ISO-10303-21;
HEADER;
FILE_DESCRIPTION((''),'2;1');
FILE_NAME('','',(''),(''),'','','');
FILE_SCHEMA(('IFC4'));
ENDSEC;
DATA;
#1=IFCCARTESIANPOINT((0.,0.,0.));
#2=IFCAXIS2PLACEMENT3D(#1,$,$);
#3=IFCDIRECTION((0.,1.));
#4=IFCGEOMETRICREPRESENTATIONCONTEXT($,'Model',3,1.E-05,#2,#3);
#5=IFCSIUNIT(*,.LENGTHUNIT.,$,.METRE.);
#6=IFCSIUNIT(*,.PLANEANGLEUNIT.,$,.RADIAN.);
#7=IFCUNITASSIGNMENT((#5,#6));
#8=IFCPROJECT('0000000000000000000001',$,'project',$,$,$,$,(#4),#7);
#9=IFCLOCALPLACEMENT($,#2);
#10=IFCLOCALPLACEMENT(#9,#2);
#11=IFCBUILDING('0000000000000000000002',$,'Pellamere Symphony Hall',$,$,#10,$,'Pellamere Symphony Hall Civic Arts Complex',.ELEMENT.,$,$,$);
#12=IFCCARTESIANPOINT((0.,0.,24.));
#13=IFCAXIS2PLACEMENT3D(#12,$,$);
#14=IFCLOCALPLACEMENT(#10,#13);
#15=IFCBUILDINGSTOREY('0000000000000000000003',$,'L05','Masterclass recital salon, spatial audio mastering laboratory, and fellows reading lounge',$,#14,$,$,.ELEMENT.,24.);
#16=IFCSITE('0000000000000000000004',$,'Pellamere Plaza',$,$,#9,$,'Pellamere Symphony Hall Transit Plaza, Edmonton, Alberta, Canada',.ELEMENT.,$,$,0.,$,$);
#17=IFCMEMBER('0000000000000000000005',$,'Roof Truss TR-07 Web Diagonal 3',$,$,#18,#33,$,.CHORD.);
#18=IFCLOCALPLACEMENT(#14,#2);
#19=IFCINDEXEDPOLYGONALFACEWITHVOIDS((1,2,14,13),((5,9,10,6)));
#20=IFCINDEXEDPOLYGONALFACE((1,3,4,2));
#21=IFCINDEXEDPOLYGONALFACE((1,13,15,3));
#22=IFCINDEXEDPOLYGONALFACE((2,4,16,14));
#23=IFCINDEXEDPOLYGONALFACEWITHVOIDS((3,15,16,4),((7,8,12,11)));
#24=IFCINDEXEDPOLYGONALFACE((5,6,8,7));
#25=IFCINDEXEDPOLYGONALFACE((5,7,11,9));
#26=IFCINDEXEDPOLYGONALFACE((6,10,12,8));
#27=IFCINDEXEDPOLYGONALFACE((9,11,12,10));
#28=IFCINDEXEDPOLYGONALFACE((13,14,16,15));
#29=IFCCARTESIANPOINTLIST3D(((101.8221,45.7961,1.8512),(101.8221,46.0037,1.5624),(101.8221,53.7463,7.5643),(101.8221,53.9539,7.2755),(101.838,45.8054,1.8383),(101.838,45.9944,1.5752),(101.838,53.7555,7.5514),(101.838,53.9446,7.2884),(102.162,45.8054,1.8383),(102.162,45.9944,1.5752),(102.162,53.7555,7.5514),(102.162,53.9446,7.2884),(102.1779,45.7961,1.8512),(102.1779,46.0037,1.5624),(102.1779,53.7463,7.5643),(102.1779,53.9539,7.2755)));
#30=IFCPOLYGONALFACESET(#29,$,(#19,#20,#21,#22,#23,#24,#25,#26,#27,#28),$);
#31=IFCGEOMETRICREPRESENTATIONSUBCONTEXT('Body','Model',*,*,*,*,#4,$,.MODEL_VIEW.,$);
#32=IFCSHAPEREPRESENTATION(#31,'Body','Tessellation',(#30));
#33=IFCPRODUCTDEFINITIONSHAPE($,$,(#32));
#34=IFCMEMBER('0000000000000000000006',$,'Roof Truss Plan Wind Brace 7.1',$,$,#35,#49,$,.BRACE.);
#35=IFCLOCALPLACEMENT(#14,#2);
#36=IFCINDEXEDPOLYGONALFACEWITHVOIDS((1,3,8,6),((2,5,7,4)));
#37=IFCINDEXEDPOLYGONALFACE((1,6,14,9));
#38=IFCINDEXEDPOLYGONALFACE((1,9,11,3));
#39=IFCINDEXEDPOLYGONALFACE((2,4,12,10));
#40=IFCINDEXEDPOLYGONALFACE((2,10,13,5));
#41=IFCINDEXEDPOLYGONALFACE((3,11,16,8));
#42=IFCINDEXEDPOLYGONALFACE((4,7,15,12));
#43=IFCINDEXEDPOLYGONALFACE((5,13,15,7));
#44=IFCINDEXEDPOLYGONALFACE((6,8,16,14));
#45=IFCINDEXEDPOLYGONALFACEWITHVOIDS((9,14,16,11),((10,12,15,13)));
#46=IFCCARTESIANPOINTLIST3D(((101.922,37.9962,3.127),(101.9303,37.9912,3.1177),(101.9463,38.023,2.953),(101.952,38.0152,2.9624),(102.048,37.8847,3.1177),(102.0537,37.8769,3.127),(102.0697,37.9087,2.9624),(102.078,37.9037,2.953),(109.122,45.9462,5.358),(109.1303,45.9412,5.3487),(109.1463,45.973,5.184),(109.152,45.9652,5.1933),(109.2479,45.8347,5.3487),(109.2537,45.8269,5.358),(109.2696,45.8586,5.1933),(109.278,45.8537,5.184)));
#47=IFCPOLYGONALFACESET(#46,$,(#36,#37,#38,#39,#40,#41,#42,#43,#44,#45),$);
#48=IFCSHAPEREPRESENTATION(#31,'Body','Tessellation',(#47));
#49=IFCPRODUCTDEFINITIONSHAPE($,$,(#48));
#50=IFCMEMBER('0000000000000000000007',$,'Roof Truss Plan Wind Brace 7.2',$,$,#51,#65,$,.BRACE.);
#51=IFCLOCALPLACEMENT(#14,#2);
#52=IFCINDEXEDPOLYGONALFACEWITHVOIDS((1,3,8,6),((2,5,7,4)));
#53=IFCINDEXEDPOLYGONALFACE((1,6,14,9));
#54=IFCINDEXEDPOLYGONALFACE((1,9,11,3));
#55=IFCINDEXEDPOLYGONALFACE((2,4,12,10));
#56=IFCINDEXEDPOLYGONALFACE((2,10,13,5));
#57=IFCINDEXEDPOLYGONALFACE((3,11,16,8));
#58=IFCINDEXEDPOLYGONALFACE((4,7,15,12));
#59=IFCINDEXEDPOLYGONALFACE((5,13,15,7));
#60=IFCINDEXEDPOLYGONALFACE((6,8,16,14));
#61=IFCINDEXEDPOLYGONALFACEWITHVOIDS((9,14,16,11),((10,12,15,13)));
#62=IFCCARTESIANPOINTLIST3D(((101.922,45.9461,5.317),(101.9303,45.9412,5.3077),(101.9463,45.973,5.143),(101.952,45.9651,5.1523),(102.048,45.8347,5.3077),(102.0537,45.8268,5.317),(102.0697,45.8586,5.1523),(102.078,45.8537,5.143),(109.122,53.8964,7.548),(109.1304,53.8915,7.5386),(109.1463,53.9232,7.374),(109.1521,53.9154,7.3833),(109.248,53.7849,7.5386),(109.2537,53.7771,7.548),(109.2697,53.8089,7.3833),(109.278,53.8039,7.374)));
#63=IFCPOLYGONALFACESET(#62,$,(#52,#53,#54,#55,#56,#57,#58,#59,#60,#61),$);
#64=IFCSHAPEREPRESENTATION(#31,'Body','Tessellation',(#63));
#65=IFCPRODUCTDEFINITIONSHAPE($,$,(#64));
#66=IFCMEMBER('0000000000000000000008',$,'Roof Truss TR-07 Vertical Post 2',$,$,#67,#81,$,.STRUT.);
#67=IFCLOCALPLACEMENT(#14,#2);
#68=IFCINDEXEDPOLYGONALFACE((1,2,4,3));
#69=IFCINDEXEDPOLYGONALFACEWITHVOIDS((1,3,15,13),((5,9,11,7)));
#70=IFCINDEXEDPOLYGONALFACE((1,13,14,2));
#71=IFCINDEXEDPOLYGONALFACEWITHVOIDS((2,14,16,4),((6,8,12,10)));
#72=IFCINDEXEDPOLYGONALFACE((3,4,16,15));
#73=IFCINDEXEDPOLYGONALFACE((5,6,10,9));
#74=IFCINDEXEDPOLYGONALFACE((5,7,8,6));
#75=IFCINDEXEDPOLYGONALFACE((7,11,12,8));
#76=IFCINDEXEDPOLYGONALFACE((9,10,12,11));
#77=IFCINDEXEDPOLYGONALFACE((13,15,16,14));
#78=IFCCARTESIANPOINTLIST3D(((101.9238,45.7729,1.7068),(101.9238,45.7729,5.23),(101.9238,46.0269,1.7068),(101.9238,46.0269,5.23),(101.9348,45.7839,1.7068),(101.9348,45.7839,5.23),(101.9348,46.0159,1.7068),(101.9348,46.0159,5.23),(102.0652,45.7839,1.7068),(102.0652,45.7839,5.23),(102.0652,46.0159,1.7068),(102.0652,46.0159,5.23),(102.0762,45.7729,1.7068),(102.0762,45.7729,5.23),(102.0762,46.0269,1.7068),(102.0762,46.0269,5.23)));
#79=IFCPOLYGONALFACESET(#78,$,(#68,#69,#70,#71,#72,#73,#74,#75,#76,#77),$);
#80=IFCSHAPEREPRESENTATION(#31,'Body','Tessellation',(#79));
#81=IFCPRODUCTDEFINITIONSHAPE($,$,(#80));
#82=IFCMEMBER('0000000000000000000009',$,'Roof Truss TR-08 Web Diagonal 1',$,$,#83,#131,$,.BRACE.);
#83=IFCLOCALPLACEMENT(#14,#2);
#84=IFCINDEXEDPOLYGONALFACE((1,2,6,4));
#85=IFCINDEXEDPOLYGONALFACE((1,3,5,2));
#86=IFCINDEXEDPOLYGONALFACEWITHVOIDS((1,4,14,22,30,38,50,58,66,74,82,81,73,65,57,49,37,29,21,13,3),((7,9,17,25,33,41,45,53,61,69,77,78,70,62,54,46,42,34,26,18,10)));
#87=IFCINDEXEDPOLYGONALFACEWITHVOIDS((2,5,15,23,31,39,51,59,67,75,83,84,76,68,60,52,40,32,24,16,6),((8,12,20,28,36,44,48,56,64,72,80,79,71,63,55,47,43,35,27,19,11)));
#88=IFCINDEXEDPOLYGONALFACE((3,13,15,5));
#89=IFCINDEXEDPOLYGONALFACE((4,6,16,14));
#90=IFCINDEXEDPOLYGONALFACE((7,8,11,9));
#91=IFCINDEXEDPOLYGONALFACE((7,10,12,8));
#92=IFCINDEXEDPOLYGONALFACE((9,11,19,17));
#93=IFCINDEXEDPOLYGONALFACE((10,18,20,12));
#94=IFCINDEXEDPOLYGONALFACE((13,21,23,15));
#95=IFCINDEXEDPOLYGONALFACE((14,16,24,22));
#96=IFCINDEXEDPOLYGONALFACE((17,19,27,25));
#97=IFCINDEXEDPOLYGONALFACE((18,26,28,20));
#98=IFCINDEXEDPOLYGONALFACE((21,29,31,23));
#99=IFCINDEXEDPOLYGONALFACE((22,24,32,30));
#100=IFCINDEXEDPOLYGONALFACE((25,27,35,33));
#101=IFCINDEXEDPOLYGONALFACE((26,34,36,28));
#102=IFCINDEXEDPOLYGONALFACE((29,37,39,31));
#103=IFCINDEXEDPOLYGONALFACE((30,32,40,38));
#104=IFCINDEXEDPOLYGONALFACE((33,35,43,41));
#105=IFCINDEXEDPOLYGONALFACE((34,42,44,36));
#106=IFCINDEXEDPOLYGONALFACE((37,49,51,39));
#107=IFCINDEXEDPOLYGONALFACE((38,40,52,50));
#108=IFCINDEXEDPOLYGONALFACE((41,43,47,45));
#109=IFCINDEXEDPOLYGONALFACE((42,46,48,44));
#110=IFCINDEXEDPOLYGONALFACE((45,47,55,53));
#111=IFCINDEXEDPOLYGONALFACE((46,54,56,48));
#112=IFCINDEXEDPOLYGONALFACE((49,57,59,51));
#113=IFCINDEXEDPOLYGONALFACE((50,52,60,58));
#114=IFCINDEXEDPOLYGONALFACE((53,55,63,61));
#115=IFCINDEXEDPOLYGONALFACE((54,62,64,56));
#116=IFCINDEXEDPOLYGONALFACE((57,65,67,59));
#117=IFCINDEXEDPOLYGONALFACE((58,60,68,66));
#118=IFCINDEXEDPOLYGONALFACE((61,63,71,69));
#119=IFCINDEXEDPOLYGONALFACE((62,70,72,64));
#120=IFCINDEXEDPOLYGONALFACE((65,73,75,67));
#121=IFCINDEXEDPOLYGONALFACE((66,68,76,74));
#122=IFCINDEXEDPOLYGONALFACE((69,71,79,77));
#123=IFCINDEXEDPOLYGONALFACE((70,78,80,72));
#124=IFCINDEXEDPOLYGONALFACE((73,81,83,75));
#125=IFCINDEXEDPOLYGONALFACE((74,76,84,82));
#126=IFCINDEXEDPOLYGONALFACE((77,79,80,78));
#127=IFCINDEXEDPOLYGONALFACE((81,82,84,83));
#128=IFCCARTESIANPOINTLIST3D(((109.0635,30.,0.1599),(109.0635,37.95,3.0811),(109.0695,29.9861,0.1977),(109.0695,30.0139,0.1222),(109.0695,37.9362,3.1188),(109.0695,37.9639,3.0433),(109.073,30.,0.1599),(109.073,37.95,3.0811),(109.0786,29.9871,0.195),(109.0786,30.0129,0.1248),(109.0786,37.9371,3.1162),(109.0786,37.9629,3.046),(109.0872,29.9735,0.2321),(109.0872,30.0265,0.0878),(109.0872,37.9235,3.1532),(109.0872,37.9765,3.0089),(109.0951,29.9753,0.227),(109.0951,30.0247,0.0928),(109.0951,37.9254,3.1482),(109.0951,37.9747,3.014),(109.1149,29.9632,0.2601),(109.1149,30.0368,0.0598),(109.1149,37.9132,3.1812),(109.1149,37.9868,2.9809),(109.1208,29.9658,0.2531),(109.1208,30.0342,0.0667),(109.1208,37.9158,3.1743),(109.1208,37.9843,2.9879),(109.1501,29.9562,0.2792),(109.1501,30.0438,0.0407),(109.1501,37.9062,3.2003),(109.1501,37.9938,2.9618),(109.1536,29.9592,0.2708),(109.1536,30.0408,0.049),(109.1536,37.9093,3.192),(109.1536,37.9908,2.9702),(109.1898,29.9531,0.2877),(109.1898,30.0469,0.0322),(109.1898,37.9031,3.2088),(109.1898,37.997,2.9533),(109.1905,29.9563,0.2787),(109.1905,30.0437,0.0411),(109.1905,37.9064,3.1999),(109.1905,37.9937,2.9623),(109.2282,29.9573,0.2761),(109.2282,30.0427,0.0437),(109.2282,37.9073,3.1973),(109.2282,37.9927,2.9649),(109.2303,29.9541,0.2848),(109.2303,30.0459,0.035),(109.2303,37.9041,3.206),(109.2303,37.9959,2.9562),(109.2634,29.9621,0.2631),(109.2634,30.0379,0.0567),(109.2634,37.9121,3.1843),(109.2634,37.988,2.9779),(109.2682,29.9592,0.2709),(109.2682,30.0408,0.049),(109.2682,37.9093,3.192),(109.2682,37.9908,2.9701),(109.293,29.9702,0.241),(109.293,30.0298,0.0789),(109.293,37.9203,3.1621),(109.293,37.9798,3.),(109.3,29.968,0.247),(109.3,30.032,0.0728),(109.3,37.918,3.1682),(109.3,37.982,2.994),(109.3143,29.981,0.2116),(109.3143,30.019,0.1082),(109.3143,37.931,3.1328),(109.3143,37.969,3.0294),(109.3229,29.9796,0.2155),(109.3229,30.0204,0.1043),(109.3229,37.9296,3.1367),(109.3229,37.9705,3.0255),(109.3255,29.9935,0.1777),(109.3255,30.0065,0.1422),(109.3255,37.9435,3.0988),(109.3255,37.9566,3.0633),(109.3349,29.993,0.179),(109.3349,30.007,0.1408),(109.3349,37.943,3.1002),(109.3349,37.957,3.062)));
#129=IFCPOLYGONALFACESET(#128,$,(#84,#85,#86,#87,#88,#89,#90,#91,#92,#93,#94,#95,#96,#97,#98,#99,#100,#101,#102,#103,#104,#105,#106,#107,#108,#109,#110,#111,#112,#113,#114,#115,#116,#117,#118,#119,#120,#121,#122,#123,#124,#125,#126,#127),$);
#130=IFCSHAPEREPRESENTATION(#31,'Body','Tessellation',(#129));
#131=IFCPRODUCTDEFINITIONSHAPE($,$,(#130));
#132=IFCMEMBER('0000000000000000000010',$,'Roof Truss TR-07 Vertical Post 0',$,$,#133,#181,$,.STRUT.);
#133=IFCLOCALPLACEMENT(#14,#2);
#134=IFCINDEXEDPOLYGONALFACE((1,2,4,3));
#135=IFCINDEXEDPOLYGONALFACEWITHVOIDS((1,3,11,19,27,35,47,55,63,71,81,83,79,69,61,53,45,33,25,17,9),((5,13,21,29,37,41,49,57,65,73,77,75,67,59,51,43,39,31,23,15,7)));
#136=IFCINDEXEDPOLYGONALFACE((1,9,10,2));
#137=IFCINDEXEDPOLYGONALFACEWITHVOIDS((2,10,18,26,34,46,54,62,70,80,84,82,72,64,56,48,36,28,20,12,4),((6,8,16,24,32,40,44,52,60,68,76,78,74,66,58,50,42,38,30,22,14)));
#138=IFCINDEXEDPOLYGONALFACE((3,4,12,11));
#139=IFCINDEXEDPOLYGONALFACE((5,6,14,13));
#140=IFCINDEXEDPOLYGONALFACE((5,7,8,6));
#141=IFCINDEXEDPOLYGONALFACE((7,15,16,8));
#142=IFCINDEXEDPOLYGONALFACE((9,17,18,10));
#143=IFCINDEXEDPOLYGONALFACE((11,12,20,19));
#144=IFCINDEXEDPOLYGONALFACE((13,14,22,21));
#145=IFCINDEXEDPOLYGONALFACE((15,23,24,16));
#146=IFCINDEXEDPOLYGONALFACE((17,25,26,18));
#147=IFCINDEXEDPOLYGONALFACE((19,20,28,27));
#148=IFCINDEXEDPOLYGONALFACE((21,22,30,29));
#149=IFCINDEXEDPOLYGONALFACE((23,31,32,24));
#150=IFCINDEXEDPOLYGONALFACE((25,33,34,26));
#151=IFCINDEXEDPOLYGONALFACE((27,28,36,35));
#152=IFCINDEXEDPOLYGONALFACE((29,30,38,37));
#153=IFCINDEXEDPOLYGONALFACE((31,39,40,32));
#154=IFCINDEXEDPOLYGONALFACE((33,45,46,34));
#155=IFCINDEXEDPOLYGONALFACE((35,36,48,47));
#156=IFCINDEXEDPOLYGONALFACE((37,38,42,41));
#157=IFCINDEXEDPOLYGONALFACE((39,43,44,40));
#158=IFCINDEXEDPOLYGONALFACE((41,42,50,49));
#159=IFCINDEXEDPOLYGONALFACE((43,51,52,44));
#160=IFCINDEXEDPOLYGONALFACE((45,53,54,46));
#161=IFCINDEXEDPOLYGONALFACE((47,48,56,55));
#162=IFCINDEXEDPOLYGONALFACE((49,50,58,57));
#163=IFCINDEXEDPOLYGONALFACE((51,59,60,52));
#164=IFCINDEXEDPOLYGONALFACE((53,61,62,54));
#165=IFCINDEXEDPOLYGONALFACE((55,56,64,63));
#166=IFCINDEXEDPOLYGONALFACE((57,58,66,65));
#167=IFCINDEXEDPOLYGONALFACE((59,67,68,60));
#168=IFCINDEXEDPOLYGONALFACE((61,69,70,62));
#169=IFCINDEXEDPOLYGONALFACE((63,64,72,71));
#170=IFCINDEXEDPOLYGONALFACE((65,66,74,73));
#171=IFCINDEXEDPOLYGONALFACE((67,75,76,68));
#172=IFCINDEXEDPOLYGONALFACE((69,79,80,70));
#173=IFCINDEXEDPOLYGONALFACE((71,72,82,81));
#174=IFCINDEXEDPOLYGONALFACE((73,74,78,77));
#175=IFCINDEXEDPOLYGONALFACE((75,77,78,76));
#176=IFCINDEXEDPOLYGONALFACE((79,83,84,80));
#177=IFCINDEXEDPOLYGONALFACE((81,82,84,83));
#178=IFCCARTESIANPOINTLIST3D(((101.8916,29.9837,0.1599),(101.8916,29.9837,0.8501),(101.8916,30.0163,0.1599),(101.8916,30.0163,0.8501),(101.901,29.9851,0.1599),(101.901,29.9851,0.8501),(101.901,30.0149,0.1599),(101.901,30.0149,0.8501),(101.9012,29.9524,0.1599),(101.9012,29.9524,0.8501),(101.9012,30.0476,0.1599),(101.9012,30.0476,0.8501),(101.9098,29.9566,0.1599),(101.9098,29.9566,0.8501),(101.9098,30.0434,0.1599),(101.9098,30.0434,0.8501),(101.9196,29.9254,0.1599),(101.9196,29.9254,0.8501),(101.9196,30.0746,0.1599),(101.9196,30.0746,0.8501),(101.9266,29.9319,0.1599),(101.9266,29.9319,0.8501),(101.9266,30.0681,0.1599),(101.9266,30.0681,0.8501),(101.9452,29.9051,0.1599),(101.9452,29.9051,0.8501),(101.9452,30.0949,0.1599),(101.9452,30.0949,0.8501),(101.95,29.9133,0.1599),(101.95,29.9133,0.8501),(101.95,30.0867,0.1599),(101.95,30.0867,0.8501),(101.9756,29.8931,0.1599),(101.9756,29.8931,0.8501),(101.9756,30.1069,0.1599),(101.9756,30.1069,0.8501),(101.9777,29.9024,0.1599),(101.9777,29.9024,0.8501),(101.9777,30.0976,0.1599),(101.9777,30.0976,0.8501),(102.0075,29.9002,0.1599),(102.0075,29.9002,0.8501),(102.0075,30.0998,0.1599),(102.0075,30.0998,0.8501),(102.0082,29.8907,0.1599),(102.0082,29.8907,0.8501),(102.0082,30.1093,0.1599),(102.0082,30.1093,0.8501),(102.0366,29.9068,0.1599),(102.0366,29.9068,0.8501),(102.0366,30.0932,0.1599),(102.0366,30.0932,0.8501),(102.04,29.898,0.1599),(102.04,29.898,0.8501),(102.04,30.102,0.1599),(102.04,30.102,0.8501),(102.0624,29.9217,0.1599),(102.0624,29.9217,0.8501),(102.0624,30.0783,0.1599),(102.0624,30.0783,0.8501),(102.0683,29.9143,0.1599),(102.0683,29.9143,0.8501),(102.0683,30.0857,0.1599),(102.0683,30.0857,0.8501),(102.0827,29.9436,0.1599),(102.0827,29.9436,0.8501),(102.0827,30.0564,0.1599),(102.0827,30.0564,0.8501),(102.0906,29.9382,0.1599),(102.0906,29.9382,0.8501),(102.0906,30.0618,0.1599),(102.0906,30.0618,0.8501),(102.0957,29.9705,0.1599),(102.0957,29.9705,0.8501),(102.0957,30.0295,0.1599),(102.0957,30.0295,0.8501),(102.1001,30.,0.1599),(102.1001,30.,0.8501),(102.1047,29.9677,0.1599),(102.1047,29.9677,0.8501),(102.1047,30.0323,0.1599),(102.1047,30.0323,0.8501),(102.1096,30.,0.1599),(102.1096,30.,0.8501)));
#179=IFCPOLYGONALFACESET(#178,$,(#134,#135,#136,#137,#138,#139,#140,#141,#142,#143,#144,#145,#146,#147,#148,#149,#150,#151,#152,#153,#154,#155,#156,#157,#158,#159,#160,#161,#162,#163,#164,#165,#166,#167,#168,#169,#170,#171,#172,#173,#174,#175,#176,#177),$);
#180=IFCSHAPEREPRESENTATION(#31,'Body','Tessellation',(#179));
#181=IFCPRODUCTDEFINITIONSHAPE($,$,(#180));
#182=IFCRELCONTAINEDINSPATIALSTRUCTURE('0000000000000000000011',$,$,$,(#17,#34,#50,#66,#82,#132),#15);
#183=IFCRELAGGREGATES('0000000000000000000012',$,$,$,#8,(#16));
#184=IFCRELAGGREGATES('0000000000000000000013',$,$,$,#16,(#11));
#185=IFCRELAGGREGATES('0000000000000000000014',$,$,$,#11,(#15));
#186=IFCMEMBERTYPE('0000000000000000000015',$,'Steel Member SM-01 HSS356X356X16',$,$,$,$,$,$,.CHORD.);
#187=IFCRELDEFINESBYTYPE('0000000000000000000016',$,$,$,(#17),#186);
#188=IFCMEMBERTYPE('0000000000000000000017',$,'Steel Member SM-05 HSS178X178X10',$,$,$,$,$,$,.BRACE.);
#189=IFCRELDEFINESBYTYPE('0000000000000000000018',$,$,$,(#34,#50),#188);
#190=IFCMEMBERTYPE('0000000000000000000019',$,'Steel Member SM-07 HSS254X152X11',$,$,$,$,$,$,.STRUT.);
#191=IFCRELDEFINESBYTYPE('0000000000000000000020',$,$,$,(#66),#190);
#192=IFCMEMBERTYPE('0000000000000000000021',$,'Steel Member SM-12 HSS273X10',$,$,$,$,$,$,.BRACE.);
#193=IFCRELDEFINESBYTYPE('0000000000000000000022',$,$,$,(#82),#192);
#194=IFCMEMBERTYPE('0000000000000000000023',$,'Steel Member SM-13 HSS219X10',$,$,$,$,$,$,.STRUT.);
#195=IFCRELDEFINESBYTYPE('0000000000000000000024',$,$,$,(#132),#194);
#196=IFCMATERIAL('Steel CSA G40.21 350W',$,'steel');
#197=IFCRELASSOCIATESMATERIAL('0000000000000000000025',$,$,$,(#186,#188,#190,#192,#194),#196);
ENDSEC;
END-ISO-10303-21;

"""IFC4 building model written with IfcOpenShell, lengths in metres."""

from ifc_helpers import new_model, si_unit, direction, frame, origin, origin_2d, place, context, subcontext, project, spatial, hollow_rectangle, hollow_circle, extrude, material, material_profile, profile_set, type_object, element, save


model = new_model("IFC4")

# Units and contexts
model_context = context("Model", 3, precision=1e-05, world=origin(), true_north=direction((0.0, 1.0)))
body_context = subcontext(model_context, "Body", "Model", "MODEL_VIEW")
ifc_project = project(units=[si_unit("LENGTHUNIT", "METRE"), si_unit("PLANEANGLEUNIT", "RADIAN")], contexts=[model_context])

# Site, building, storey
site_placement = place(None, origin())
site = spatial("IfcSite", under=ifc_project, at=site_placement, Name="Pellamere Plaza", LongName="Pellamere Symphony Hall Transit Plaza, Edmonton, Alberta, Canada", CompositionType="ELEMENT", RefElevation=0.0)
building_placement = place(site_placement, origin())
building = spatial("IfcBuilding", under=site, at=building_placement, Name="Pellamere Symphony Hall", LongName="Pellamere Symphony Hall Civic Arts Complex", CompositionType="ELEMENT")
storey_placement = place(building_placement, frame((0.0, 0.0, 24.0)))
storey = spatial("IfcBuildingStorey", under=building, at=storey_placement, Name="L05", Description="Masterclass recital salon, spatial audio mastering laboratory, and fellows reading lounge", CompositionType="ELEMENT", Elevation=24.0)

# Shared definitions
ifc_material_1 = material(Name="Steel CSA G40.21 350W", Category="steel")

# Members
ifc_material_profile_1 = material_profile(ifc_material_1, hollow_rectangle(XDim=0.3557, YDim=0.3557, WallThickness=0.0159, at=origin_2d()), Name="HSS356X356X16")
ifc_profile_set_1 = profile_set([ifc_material_profile_1], Name="Steel CSA G40.21 350W")
member_type_1 = type_object("IfcMemberType", Name="Steel Member SM-01 HSS356X356X16", PredefinedType="CHORD", material=ifc_profile_set_1)
member_1_placement = place(storey_placement, frame((102.0, 45.8999, 1.7068), z_axis=(0.0, 0.812067, 0.583564), x_axis=(-1.0, 0.0, 0.0)))
element("IfcMember", 1, at=member_1_placement, inside=storey, type_object=member_type_1, Name="Roof Truss TR-07 Web Diagonal 3", PredefinedType="CHORD", context=body_context, shape_type="SweptSolid", body=[
    extrude(hollow_rectangle(XDim=0.3557, YDim=0.3557, WallThickness=0.0159, at=origin_2d()), origin(), (0.0, 0.0, 1.0), 9.79),
])
ifc_material_profile_2 = material_profile(ifc_material_1, hollow_rectangle(XDim=0.1777, YDim=0.1777, WallThickness=0.0095, at=origin_2d()), Name="HSS178X178X10")
ifc_profile_set_2 = profile_set([ifc_material_profile_2], Name="Steel CSA G40.21 350W")
member_type_2 = type_object("IfcMemberType", Name="Steel Member SM-05 HSS178X178X10", PredefinedType="BRACE", material=ifc_profile_set_2)
member_2_placement = place(storey_placement, frame((102.0, 37.95, 3.04), z_axis=(0.657213, 0.725673, 0.203642), x_axis=(-0.741205, 0.671279, 0.0)))
element("IfcMember", 2, at=member_2_placement, inside=storey, type_object=member_type_2, Name="Roof Truss Plan Wind Brace 7.1", PredefinedType="BRACE", context=body_context, shape_type="SweptSolid", body=[
    extrude(hollow_rectangle(XDim=0.1777, YDim=0.1777, WallThickness=0.0095, at=origin_2d()), origin(), (0.0, 0.0, 1.0), 10.9553),
])
member_3_placement = place(storey_placement, frame((102.0, 45.8999, 5.23), z_axis=(0.657202, 0.725683, 0.203639), x_axis=(-0.741215, 0.671268, 0.0)))
element("IfcMember", 3, at=member_3_placement, inside=storey, type_object=member_type_2, Name="Roof Truss Plan Wind Brace 7.2", PredefinedType="BRACE", context=body_context, shape_type="SweptSolid", body=[
    extrude(hollow_rectangle(XDim=0.1777, YDim=0.1777, WallThickness=0.0095, at=origin_2d()), origin(), (0.0, 0.0, 1.0), 10.9556),
])
ifc_material_profile_3 = material_profile(ifc_material_1, hollow_rectangle(XDim=0.1523, YDim=0.2539, WallThickness=0.011, at=origin_2d()), Name="HSS254X152X11")
ifc_profile_set_3 = profile_set([ifc_material_profile_3], Name="Steel CSA G40.21 350W")
member_type_3 = type_object("IfcMemberType", Name="Steel Member SM-07 HSS254X152X11", PredefinedType="STRUT", material=ifc_profile_set_3)
member_4_placement = place(storey_placement, frame((102.0, 45.8999, 1.7068), z_axis=(0.0, 0.0, 1.0), x_axis=(1.0, 0.0, 0.0)))
element("IfcMember", 4, at=member_4_placement, inside=storey, type_object=member_type_3, Name="Roof Truss TR-07 Vertical Post 2", PredefinedType="STRUT", context=body_context, shape_type="SweptSolid", body=[
    extrude(hollow_rectangle(XDim=0.1523, YDim=0.2539, WallThickness=0.011, at=origin_2d()), origin(), (0.0, 0.0, 1.0), 3.5232),
])
ifc_material_profile_4 = material_profile(ifc_material_1, hollow_circle(Radius=0.1365, WallThickness=0.0095, at=origin_2d()), Name="HSS273X10")
ifc_profile_set_4 = profile_set([ifc_material_profile_4], Name="Steel CSA G40.21 350W")
member_type_4 = type_object("IfcMemberType", Name="Steel Member SM-12 HSS273X10", PredefinedType="BRACE", material=ifc_profile_set_4)
member_5_placement = place(storey_placement, frame((109.2, 30.0, 0.1599), z_axis=(0.0, 0.938641, 0.344896), x_axis=(-1.0, 0.0, 0.0)))
element("IfcMember", 5, at=member_5_placement, inside=storey, type_object=member_type_4, Name="Roof Truss TR-08 Web Diagonal 1", PredefinedType="BRACE", context=body_context, shape_type="SweptSolid", body=[
    extrude(hollow_circle(Radius=0.1365, WallThickness=0.0095, at=origin_2d()), origin(), (0.0, 0.0, 1.0), 8.4697),
])
ifc_material_profile_5 = material_profile(ifc_material_1, hollow_circle(Radius=0.1096, WallThickness=0.0095, at=origin_2d()), Name="HSS219X10")
ifc_profile_set_5 = profile_set([ifc_material_profile_5], Name="Steel CSA G40.21 350W")
member_type_5 = type_object("IfcMemberType", Name="Steel Member SM-13 HSS219X10", PredefinedType="STRUT", material=ifc_profile_set_5)
member_6_placement = place(storey_placement, frame((102.0, 30.0, 0.1599), z_axis=(0.0, 0.0, 1.0), x_axis=(1.0, 0.0, 0.0)))
element("IfcMember", 6, at=member_6_placement, inside=storey, type_object=member_type_5, Name="Roof Truss TR-07 Vertical Post 0", PredefinedType="STRUT", context=body_context, shape_type="SweptSolid", body=[
    extrude(hollow_circle(Radius=0.1096, WallThickness=0.0095, at=origin_2d()), origin(), (0.0, 0.0, 1.0), 0.6902),
])

save(model, "model.ifc")
